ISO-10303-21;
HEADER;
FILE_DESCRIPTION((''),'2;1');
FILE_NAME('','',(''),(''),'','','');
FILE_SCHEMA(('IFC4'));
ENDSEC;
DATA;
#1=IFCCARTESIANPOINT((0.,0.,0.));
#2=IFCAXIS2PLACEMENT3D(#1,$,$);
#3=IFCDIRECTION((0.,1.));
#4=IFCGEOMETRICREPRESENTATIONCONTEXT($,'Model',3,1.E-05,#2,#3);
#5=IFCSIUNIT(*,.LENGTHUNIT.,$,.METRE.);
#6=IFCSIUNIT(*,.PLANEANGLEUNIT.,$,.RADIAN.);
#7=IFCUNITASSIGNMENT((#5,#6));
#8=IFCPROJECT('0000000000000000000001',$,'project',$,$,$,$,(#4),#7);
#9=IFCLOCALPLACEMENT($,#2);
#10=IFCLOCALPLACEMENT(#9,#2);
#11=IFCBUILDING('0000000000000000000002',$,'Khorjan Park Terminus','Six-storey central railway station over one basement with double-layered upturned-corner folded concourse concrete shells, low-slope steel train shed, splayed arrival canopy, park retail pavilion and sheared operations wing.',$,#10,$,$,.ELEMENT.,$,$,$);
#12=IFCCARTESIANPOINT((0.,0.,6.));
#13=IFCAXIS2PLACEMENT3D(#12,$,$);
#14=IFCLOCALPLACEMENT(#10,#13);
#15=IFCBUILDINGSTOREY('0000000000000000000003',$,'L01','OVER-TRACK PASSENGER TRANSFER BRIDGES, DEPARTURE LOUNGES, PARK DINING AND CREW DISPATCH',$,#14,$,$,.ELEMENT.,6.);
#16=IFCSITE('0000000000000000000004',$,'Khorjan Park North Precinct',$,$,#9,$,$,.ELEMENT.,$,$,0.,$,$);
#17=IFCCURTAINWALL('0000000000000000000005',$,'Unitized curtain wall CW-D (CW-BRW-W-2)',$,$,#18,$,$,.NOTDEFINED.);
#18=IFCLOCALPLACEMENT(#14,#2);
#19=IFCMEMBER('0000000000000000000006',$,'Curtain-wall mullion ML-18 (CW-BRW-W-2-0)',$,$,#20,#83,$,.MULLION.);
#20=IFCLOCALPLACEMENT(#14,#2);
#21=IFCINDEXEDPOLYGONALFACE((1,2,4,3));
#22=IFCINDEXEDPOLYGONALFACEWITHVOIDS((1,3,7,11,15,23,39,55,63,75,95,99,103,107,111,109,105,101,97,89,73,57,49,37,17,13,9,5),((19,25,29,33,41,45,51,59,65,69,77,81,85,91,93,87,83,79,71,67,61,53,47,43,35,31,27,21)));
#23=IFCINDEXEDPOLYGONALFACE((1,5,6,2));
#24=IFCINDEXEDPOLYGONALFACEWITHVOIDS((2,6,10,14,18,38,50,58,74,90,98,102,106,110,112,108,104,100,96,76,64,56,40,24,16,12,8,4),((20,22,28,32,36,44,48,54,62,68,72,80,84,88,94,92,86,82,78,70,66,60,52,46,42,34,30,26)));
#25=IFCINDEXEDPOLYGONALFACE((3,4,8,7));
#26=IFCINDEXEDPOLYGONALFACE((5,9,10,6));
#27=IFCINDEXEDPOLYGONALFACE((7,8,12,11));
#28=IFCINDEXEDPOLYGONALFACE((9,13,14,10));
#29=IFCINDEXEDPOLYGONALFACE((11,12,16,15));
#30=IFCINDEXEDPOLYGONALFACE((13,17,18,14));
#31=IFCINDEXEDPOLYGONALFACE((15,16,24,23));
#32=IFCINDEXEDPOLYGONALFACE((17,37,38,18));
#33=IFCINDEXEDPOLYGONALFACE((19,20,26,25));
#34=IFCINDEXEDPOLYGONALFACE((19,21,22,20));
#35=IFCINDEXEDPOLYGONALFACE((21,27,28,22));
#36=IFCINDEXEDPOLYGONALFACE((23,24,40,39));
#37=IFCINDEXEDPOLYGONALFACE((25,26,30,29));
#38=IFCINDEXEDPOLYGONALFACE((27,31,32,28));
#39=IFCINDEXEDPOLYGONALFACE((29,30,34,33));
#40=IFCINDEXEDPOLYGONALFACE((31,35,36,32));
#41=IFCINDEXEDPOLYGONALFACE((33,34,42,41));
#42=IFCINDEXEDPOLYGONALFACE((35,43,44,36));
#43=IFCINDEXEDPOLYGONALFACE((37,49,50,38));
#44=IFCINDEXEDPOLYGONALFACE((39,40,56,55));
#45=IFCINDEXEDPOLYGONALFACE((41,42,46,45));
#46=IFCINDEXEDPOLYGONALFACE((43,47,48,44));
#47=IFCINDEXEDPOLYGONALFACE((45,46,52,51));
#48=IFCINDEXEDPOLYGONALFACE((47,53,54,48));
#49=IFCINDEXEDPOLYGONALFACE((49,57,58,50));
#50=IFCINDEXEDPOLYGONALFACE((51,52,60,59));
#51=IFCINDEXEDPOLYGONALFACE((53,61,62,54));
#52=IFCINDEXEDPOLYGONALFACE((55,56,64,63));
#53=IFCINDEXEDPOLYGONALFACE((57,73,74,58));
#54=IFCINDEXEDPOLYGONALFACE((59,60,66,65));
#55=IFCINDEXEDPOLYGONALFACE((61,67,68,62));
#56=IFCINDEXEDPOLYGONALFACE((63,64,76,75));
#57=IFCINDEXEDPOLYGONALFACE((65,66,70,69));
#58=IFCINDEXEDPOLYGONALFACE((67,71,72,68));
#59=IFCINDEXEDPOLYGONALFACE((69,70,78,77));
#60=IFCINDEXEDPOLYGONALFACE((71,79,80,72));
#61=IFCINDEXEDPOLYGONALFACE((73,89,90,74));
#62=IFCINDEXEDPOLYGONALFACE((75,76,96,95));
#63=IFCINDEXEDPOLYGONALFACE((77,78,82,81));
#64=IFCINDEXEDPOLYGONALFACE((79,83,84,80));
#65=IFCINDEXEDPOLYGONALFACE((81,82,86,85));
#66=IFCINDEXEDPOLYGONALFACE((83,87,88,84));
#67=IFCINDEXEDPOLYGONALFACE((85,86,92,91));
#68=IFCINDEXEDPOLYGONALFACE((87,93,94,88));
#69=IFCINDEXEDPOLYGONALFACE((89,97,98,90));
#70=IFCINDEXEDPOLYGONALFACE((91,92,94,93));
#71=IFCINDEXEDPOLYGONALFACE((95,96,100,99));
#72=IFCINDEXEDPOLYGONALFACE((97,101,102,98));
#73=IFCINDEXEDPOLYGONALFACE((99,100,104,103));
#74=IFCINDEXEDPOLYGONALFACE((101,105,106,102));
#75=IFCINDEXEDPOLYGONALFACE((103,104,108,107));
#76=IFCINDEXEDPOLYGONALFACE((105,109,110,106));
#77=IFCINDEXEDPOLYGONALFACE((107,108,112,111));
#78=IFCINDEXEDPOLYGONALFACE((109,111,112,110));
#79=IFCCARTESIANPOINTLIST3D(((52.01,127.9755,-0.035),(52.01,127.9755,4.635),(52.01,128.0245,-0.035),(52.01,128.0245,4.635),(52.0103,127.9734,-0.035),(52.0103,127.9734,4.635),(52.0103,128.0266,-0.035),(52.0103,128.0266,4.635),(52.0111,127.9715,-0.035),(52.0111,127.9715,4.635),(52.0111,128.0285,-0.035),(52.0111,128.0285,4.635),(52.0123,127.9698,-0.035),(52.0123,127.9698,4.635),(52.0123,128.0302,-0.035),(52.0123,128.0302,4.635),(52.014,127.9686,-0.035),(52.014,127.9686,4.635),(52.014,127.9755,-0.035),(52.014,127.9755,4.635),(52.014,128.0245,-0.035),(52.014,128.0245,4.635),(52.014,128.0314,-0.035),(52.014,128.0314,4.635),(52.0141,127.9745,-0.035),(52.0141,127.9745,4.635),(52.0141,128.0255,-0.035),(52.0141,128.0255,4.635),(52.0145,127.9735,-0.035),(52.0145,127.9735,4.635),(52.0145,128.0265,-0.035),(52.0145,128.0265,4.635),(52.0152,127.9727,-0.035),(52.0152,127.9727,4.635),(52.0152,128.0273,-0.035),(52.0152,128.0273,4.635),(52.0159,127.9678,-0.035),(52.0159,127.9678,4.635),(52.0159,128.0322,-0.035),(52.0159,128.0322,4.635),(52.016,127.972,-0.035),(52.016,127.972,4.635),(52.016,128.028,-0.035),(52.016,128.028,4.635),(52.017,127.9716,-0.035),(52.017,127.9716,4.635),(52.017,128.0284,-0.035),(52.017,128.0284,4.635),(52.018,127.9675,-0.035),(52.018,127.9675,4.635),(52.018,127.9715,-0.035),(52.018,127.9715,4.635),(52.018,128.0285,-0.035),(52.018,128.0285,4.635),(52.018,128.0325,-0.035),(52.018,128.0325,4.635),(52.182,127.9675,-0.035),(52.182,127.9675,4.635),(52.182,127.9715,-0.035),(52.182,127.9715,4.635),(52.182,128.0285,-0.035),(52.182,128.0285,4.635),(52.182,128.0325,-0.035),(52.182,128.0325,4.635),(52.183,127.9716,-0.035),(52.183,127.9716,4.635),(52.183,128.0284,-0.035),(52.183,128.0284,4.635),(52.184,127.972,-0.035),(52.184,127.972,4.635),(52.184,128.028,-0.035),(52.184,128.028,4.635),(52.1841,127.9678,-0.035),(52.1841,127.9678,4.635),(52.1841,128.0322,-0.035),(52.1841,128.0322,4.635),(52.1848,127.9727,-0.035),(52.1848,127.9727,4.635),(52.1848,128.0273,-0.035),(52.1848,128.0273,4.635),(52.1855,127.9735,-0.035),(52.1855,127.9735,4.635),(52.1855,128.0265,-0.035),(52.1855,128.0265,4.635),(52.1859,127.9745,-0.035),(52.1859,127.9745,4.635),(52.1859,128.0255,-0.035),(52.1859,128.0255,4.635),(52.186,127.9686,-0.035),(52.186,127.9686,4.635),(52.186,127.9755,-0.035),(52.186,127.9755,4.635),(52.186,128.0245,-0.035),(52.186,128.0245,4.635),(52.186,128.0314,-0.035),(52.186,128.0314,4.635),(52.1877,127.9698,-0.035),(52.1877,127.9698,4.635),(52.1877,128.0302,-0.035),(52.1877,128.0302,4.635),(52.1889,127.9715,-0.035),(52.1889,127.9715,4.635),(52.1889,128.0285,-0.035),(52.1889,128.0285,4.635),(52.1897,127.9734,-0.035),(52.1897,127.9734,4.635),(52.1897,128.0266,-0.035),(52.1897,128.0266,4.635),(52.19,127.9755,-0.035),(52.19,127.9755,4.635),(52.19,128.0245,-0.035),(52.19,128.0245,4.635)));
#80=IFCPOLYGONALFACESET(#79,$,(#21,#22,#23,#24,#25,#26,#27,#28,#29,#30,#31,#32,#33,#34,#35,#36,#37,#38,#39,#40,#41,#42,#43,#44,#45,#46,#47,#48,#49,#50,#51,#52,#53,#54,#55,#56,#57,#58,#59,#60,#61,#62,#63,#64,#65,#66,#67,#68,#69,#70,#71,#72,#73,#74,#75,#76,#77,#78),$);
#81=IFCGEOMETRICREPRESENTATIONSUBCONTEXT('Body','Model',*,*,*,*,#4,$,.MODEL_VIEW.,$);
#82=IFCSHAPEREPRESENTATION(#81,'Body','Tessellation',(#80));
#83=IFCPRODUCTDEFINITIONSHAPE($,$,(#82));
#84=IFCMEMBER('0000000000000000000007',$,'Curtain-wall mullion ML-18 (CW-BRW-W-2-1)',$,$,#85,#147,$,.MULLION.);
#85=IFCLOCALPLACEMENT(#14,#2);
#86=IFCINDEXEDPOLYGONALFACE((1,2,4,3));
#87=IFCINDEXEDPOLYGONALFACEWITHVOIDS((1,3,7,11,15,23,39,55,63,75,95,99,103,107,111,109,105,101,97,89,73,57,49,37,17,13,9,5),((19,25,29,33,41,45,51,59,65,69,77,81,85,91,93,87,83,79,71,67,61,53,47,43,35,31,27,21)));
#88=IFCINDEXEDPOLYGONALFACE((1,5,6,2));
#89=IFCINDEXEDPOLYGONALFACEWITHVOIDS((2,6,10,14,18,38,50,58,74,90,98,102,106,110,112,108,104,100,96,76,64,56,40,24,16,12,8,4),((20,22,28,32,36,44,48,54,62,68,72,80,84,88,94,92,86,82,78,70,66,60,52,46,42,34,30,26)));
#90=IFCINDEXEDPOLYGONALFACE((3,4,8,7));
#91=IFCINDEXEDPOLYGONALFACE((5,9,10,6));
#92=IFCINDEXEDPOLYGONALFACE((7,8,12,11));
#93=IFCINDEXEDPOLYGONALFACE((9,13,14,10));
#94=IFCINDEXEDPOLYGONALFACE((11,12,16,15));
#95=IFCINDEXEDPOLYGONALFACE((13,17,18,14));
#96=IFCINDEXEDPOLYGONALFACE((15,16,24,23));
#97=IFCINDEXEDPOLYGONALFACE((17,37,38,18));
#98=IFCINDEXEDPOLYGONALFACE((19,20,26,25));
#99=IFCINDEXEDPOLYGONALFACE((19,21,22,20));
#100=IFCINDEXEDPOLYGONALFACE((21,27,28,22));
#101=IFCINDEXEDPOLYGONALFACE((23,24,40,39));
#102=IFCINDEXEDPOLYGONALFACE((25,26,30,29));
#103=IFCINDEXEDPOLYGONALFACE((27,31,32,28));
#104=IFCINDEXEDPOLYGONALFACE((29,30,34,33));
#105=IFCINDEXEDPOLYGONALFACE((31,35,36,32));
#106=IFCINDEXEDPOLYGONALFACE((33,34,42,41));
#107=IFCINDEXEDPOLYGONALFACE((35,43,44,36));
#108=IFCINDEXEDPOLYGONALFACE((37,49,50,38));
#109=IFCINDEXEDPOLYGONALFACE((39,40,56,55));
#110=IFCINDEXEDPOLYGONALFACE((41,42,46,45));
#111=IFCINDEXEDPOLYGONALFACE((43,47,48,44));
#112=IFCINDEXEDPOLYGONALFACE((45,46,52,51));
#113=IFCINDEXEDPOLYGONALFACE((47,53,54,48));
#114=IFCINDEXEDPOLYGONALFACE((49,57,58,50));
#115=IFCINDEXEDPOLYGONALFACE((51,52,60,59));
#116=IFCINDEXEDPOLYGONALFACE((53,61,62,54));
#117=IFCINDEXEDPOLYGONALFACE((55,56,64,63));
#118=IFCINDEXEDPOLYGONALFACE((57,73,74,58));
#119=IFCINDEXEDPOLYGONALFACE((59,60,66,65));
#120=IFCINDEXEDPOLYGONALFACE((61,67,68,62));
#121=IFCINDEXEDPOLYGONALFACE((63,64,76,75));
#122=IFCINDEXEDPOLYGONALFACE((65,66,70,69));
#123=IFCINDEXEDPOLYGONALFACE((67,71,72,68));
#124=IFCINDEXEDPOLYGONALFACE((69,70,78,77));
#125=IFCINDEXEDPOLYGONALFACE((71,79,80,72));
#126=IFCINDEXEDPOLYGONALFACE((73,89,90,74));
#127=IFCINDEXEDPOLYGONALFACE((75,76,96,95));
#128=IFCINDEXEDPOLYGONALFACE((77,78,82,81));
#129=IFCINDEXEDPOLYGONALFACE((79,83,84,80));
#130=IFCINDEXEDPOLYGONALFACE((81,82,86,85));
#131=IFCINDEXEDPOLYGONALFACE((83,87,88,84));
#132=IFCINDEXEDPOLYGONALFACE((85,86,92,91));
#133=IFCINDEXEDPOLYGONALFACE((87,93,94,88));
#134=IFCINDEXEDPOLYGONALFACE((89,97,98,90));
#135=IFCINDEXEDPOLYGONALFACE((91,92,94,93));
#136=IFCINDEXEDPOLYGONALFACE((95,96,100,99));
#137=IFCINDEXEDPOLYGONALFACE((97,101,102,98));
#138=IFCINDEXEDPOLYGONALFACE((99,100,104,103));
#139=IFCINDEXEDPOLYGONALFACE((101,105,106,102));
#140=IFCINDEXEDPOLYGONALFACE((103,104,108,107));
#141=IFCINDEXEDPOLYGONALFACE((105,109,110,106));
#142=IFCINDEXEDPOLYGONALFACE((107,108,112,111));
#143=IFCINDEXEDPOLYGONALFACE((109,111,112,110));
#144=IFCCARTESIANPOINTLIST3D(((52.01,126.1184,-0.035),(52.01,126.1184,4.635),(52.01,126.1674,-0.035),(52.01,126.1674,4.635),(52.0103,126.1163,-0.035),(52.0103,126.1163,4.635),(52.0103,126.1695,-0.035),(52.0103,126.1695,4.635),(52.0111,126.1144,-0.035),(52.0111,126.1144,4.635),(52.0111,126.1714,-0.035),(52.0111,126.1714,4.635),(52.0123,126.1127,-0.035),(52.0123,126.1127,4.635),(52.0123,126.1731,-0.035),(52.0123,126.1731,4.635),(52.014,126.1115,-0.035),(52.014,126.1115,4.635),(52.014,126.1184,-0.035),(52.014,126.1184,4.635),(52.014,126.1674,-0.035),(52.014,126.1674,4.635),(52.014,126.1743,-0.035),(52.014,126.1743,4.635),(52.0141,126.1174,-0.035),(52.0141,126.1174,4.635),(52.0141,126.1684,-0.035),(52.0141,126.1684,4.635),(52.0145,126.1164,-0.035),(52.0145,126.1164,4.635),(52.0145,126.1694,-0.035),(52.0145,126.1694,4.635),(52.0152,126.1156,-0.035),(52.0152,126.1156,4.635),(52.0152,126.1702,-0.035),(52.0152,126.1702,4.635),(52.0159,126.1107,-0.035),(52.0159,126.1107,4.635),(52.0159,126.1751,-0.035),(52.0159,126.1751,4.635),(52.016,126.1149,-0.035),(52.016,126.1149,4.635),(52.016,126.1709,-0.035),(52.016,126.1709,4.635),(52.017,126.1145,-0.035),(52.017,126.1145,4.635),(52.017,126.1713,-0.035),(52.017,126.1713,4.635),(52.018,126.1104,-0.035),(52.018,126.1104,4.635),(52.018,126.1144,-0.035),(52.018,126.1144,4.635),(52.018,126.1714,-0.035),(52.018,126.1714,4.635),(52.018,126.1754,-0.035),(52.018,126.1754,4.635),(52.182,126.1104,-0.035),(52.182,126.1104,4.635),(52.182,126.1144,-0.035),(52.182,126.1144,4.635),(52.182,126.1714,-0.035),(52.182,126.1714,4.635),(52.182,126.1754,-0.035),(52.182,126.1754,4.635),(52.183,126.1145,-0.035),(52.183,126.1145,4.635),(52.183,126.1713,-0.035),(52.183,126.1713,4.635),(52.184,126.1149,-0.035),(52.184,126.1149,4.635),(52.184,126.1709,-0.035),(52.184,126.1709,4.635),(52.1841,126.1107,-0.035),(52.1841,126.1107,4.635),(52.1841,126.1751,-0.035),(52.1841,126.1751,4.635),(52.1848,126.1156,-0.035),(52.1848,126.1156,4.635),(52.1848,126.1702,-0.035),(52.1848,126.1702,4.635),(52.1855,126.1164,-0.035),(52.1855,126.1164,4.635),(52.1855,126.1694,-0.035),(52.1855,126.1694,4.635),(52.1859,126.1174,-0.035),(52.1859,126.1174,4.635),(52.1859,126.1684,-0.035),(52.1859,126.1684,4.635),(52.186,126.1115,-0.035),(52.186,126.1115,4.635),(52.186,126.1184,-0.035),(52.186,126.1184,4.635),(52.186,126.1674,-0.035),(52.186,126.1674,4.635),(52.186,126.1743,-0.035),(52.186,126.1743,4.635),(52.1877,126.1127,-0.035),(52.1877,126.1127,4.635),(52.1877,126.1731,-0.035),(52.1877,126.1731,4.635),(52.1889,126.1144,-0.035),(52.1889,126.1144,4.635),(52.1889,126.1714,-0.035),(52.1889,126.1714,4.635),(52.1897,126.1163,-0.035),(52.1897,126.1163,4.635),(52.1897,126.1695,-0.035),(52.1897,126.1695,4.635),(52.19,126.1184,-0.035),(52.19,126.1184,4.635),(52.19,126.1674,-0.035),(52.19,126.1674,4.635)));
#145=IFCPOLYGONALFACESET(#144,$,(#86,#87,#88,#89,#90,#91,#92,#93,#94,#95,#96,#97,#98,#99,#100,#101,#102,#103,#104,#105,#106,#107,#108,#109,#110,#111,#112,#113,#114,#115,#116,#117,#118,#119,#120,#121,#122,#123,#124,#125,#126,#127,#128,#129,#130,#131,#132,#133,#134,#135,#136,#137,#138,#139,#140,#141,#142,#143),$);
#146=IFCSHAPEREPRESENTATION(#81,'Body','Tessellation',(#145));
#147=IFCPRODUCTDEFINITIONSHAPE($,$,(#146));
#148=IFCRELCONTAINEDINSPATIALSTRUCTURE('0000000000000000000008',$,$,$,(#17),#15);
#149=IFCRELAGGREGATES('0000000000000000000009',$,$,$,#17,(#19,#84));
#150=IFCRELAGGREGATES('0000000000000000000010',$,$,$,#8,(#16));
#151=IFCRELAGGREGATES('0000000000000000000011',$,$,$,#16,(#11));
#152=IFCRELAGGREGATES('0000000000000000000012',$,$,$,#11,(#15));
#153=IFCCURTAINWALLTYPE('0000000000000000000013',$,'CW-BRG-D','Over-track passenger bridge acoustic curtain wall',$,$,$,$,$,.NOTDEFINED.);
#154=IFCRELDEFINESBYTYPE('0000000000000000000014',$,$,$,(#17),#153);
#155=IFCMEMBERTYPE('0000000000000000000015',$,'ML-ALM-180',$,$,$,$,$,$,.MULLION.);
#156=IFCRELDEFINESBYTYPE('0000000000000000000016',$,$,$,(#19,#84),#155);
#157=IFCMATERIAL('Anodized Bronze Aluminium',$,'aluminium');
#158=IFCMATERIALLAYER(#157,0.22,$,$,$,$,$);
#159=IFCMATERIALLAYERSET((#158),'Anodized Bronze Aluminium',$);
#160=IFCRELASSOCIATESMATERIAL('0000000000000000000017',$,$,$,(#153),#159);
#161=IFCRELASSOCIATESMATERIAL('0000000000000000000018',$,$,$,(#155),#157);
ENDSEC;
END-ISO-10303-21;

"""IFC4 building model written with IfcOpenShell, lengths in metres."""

from ifc_helpers import new_model, si_unit, direction, frame, origin, origin_2d, place, context, subcontext, project, spatial, hollow_rectangle, extrude, material, layer, layer_set, material_profile, profile_set, type_object, element, aggregate, save


model = new_model("IFC4")

# Units and contexts
model_context = context("Model", 3, precision=1e-05, world=origin(), true_north=direction((0.0, 1.0)))
body_context = subcontext(model_context, "Body", "Model", "MODEL_VIEW")
ifc_project = project(units=[si_unit("LENGTHUNIT", "METRE"), si_unit("PLANEANGLEUNIT", "RADIAN")], contexts=[model_context])

# Site, building, storey
site_placement = place(None, origin())
site = spatial("IfcSite", under=ifc_project, at=site_placement, Name="Khorjan Park North Precinct", CompositionType="ELEMENT", RefElevation=0.0)
building_placement = place(site_placement, origin())
building = spatial("IfcBuilding", under=site, at=building_placement, Name="Khorjan Park Terminus", Description="Six-storey central railway station over one basement with double-layered upturned-corner folded concourse concrete shells, low-slope steel train shed, splayed arrival canopy, park retail pavilion and sheared operations wing.", CompositionType="ELEMENT")
storey_placement = place(building_placement, frame((0.0, 0.0, 6.0)))
storey = spatial("IfcBuildingStorey", under=building, at=storey_placement, Name="L01", Description="OVER-TRACK PASSENGER TRANSFER BRIDGES, DEPARTURE LOUNGES, PARK DINING AND CREW DISPATCH", CompositionType="ELEMENT", Elevation=6.0)

# Curtain wall, members
ifc_material_1 = material(Name="Anodized Bronze Aluminium", Category="aluminium")
ifc_layer_1 = layer(ifc_material_1, 0.22)
ifc_layer_set_1 = layer_set([ifc_layer_1], Name="Anodized Bronze Aluminium")
curtain_wall_type = type_object("IfcCurtainWallType", Name="CW-BRG-D", Description="Over-track passenger bridge acoustic curtain wall", PredefinedType="NOTDEFINED", material=ifc_layer_set_1)
curtain_wall_1_placement = place(storey_placement, origin())
curtain_wall_1 = element("IfcCurtainWall", 1, at=curtain_wall_1_placement, inside=storey, type_object=curtain_wall_type, Name="Unitized curtain wall CW-D (CW-BRW-W-2)", PredefinedType="NOTDEFINED")
ifc_material_profile_1 = material_profile(ifc_material_1, hollow_rectangle(XDim=0.065, YDim=0.18, WallThickness=0.004, InnerFilletRadius=0.004, OuterFilletRadius=0.008, at=origin_2d()), Name="ALM 65x180x4")
ifc_profile_set_1 = profile_set([ifc_material_profile_1], Name="Anodized Bronze Aluminium")
member_type_1 = type_object("IfcMemberType", Name="ML-ALM-180", PredefinedType="MULLION", material=ifc_profile_set_1)
member_1_placement = place(storey_placement, frame((52.1, 128.0, -0.035), z_axis=(0.0, 0.0, 1.0), x_axis=(0.0, -1.0, 0.0)))
member_1 = element("IfcMember", 2, at=member_1_placement, type_object=member_type_1, Name="Curtain-wall mullion ML-18 (CW-BRW-W-2-0)", PredefinedType="MULLION", context=body_context, shape_type="SweptSolid", body=[
    extrude(hollow_rectangle(XDim=0.065, YDim=0.18, WallThickness=0.004, InnerFilletRadius=0.004, OuterFilletRadius=0.008, at=origin_2d()), origin(), (0.0, 0.0, 1.0), 4.67),
])
member_2_placement = place(storey_placement, frame((52.1, 126.1429, -0.035), z_axis=(0.0, 0.0, 1.0), x_axis=(0.0, -1.0, 0.0)))
member_2 = element("IfcMember", 3, at=member_2_placement, type_object=member_type_1, Name="Curtain-wall mullion ML-18 (CW-BRW-W-2-1)", PredefinedType="MULLION", context=body_context, shape_type="SweptSolid", body=[
    extrude(hollow_rectangle(XDim=0.065, YDim=0.18, WallThickness=0.004, InnerFilletRadius=0.004, OuterFilletRadius=0.008, at=origin_2d()), origin(), (0.0, 0.0, 1.0), 4.67),
])

aggregate(curtain_wall_1, [member_1, member_2])

save(model, "model.ifc")
